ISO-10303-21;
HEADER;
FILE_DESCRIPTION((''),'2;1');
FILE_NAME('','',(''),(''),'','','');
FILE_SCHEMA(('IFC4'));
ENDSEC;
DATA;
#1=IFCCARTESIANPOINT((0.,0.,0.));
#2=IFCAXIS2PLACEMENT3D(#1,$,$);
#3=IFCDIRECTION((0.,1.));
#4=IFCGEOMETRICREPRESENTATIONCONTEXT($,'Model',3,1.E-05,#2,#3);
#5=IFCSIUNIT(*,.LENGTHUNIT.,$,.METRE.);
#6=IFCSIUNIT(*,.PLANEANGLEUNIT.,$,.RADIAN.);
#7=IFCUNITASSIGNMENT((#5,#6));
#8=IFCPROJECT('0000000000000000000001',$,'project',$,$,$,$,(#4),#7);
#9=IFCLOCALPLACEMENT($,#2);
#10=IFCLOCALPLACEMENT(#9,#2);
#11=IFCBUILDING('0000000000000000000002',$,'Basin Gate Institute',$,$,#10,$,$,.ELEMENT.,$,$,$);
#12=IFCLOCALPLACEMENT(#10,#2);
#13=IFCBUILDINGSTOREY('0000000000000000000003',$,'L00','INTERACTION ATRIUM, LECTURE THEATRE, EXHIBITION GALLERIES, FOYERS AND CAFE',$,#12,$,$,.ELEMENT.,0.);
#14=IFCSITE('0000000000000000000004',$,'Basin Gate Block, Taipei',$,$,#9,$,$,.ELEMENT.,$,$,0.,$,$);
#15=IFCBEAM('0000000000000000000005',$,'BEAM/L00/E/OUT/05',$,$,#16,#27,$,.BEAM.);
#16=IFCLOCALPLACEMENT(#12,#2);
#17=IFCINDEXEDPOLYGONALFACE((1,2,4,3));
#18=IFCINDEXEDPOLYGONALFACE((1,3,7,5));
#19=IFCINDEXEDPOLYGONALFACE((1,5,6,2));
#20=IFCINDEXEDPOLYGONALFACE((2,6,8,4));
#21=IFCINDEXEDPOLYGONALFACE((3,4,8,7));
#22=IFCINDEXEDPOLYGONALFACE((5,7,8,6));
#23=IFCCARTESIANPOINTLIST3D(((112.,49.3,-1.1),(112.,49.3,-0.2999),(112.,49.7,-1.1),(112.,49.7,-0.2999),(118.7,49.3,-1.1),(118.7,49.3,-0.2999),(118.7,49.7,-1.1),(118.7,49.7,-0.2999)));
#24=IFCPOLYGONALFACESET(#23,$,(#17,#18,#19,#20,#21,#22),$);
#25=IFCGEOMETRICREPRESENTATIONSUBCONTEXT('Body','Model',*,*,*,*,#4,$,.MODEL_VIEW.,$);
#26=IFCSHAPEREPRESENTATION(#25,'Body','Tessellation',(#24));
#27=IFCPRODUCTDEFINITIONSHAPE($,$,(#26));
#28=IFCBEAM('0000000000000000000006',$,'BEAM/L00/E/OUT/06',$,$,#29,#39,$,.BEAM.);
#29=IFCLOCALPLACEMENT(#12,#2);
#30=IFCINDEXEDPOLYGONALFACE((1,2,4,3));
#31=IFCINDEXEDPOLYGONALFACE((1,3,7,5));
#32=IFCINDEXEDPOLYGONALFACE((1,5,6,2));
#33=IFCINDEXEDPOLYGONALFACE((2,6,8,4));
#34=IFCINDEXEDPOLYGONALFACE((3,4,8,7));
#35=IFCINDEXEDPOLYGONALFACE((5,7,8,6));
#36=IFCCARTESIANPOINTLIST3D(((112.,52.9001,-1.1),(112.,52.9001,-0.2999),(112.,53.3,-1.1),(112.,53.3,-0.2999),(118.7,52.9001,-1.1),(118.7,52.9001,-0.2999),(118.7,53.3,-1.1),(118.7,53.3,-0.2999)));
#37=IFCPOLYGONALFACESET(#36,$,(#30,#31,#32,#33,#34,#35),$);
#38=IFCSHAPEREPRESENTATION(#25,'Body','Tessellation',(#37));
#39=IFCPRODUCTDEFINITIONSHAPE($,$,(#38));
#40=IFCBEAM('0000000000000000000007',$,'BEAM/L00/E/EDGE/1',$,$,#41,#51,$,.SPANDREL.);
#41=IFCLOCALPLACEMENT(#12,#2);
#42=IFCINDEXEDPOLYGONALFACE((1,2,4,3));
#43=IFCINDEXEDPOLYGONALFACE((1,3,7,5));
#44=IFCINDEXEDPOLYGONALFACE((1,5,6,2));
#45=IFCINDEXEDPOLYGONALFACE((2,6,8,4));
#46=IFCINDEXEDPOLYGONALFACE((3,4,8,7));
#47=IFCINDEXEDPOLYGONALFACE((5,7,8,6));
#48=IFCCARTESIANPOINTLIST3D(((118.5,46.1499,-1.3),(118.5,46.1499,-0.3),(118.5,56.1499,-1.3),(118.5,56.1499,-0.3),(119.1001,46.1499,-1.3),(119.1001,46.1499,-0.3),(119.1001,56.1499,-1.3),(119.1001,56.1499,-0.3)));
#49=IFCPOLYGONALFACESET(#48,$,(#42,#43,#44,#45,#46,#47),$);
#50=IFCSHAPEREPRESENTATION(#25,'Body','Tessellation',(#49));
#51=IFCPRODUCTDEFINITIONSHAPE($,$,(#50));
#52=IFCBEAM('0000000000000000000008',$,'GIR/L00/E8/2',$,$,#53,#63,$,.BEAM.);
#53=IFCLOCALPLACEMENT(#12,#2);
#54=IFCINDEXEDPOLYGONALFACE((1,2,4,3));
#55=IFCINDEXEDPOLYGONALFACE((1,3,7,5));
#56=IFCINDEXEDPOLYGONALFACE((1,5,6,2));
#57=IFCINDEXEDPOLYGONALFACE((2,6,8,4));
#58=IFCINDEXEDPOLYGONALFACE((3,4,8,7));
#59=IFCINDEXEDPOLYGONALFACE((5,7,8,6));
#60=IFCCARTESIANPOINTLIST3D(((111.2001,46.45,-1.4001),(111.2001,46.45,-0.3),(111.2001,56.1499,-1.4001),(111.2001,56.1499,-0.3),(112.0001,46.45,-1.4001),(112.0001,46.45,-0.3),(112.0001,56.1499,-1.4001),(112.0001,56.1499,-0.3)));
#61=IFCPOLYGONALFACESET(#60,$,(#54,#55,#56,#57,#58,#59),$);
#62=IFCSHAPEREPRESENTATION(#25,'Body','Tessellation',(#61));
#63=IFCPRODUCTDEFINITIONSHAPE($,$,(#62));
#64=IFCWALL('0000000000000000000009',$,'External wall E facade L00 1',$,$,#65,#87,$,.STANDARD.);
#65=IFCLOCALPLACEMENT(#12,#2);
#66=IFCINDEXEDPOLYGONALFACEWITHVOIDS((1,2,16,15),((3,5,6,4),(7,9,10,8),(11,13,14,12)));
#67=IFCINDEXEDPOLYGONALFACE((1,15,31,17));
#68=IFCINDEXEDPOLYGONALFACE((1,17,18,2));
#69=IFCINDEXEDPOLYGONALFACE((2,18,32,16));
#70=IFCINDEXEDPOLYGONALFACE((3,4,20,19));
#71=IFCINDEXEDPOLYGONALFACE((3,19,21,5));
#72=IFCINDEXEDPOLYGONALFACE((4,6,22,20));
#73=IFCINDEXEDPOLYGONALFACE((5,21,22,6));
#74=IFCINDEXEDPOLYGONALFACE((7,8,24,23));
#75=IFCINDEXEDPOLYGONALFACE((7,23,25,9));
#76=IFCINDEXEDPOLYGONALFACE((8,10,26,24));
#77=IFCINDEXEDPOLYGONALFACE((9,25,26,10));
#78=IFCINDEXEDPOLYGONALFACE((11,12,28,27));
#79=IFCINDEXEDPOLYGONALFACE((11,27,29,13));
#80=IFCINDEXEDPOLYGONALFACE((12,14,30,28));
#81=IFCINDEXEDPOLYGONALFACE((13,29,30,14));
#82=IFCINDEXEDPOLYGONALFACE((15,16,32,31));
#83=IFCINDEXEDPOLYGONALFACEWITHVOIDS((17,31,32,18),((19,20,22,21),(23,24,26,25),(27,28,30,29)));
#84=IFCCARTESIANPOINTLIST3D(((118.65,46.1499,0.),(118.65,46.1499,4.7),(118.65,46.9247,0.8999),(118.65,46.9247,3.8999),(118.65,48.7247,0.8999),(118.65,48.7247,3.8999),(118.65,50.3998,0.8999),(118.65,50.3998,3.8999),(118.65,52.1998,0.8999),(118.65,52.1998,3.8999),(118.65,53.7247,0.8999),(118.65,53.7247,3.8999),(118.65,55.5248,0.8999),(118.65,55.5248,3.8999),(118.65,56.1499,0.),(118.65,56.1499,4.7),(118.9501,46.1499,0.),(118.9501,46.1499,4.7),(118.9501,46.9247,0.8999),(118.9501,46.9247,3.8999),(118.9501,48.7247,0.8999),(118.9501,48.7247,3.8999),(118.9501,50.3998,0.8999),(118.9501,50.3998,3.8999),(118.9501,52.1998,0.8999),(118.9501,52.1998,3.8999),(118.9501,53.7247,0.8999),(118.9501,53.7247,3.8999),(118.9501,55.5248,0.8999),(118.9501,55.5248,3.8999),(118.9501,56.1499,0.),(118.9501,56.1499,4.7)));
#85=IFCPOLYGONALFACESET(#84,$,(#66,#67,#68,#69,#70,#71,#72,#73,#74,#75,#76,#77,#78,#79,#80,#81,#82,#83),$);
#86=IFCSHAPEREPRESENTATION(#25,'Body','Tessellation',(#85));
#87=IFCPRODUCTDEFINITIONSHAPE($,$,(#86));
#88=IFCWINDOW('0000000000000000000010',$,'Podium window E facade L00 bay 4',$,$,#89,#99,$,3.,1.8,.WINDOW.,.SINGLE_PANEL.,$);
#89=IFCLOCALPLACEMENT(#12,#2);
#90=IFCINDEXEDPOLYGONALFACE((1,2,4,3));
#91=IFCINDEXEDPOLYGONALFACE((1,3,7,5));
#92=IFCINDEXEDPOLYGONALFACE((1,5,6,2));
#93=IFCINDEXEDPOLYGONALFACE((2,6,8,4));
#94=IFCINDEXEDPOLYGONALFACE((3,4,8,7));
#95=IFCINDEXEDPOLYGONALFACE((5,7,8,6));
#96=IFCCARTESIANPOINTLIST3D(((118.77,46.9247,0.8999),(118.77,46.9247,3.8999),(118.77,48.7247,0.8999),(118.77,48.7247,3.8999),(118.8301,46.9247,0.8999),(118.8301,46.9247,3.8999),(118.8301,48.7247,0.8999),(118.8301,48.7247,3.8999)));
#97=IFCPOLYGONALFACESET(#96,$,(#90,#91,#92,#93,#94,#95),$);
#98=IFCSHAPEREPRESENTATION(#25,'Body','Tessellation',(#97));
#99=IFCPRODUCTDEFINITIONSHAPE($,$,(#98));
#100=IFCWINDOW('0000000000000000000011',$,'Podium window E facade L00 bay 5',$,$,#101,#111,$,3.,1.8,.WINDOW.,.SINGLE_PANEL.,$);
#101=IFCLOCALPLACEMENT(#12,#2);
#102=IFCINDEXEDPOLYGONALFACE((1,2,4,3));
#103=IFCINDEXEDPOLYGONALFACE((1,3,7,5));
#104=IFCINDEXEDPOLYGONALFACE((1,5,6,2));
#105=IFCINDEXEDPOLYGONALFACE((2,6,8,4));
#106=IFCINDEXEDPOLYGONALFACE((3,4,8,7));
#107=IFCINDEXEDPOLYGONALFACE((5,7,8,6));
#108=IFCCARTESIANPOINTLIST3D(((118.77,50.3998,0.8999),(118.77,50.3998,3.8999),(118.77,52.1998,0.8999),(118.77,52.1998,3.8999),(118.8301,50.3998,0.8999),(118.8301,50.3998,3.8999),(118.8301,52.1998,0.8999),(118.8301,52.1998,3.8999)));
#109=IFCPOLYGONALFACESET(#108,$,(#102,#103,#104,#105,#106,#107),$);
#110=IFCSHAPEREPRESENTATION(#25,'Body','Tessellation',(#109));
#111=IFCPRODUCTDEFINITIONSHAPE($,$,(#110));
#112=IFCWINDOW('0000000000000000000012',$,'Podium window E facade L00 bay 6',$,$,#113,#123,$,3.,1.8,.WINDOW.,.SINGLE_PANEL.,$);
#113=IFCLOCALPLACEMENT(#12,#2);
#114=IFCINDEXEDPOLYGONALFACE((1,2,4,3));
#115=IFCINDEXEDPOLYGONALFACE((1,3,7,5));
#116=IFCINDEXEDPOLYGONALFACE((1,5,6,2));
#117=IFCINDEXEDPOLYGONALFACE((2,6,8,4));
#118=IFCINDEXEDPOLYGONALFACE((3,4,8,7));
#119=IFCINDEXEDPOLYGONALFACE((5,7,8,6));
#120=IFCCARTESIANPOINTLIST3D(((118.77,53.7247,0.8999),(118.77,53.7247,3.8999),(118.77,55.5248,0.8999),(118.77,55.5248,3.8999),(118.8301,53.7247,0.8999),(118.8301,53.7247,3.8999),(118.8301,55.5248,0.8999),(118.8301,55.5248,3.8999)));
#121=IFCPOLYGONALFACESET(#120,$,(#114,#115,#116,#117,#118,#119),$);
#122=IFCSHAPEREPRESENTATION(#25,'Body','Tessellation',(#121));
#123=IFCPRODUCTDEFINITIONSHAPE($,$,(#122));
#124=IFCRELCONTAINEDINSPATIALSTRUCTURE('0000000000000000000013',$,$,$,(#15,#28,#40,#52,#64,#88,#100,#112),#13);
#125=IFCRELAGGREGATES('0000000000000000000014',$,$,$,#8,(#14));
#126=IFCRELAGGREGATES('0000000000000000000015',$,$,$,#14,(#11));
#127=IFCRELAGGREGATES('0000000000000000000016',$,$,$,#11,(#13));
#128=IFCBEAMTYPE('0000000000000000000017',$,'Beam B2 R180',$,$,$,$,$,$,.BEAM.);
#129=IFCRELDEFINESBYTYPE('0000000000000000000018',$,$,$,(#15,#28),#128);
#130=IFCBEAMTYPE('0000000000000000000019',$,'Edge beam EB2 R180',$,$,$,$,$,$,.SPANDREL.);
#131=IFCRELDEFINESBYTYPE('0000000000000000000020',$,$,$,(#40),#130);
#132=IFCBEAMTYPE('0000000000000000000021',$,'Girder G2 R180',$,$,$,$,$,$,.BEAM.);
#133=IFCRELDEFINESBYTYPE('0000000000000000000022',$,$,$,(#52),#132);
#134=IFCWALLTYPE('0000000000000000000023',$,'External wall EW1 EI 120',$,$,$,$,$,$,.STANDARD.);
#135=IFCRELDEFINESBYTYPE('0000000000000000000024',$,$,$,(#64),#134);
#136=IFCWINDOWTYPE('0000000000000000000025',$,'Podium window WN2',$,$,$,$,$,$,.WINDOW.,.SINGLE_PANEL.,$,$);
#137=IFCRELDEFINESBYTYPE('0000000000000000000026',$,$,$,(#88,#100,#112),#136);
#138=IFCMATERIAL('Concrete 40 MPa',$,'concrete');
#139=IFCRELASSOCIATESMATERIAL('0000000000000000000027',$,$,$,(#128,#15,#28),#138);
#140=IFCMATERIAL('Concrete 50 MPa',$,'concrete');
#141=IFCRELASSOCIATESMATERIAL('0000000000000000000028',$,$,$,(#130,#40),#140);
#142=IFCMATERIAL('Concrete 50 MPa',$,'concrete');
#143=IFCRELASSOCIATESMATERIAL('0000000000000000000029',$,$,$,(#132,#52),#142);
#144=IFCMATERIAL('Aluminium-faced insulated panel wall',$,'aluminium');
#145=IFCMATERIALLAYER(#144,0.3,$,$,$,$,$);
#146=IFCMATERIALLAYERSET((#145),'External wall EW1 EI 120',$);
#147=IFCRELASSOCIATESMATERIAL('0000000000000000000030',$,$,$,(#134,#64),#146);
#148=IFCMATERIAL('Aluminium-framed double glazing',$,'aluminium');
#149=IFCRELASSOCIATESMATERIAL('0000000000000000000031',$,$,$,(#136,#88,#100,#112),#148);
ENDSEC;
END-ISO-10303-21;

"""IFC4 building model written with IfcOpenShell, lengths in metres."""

from ifc_helpers import new_model, si_unit, direction, frame, frame_2d, origin, origin_2d, place, context, subcontext, project, spatial, rectangle, extrude, material, layer, layer_set, material_profile, profile_set, type_object, element, fill, save


model = new_model("IFC4")

# Units and contexts
model_context = context("Model", 3, precision=1e-05, world=origin(), true_north=direction((0.0, 1.0)))
body_context = subcontext(model_context, "Body", "Model", "MODEL_VIEW")
ifc_project = project(units=[si_unit("LENGTHUNIT", "METRE"), si_unit("PLANEANGLEUNIT", "RADIAN")], contexts=[model_context])

# Site, building, storey
site_placement = place(None, origin())
site = spatial("IfcSite", under=ifc_project, at=site_placement, Name="Basin Gate Block, Taipei", CompositionType="ELEMENT", RefElevation=0.0)
building_placement = place(site_placement, origin())
building = spatial("IfcBuilding", under=site, at=building_placement, Name="Basin Gate Institute", CompositionType="ELEMENT")
storey_placement = place(building_placement, origin())
storey = spatial("IfcBuildingStorey", under=building, at=storey_placement, Name="L00", Description="INTERACTION ATRIUM, LECTURE THEATRE, EXHIBITION GALLERIES, FOYERS AND CAFE", CompositionType="ELEMENT", Elevation=0.0)

# Beams
ifc_material_1 = material(Name="Concrete 40 MPa", Category="concrete")
ifc_material_profile_1 = material_profile(ifc_material_1, rectangle(XDim=0.3999, YDim=0.8, at=origin_2d()), Name="Beam B2 400 x 800")
ifc_profile_set_1 = profile_set([ifc_material_profile_1], Name="Concrete 40 MPa")
beam_type_1 = type_object("IfcBeamType", Name="Beam B2 R180", PredefinedType="BEAM", material=ifc_profile_set_1)
for number, where, z_axis, x_axis, name in (
    (1, (118.7, 49.5, -0.7), (-1.0, 0.0, 0.0), (0.0, -1.0, 0.0), "BEAM/L00/E/OUT/05"),
    (2, (118.7, 53.1001, -0.7), (-1.0, 0.0, 0.0), (0.0, -1.0, 0.0), "BEAM/L00/E/OUT/06"),
):
    element("IfcBeam", number, at=place(storey_placement, frame(where, z_axis=z_axis, x_axis=x_axis)), inside=storey, type_object=beam_type_1, material=ifc_profile_set_1, Name=name, PredefinedType="BEAM", context=body_context, shape_type="SweptSolid", body=[
        extrude(rectangle(XDim=0.3999, YDim=0.8, at=origin_2d()), origin(), (0.0, 0.0, 1.0), 6.7),
    ])
ifc_material_2 = material(Name="Concrete 50 MPa", Category="concrete")
ifc_material_profile_2 = material_profile(ifc_material_2, rectangle(XDim=0.6001, YDim=1.0, at=origin_2d()), Name="Edge beam EB2 600 x 1000")
ifc_profile_set_2 = profile_set([ifc_material_profile_2], Name="Concrete 50 MPa")
beam_type_2 = type_object("IfcBeamType", Name="Edge beam EB2 R180", PredefinedType="SPANDREL", material=ifc_profile_set_2)
beam_1_placement = place(storey_placement, frame((118.8, 46.1499, -0.8), z_axis=(0.0, 1.0, 0.0), x_axis=(-1.0, 0.0, 0.0)))
element("IfcBeam", 3, at=beam_1_placement, inside=storey, type_object=beam_type_2, material=ifc_profile_set_2, Name="BEAM/L00/E/EDGE/1", PredefinedType="SPANDREL", context=body_context, shape_type="SweptSolid", body=[
    extrude(rectangle(XDim=0.6001, YDim=1.0, at=origin_2d()), origin(), (0.0, 0.0, 1.0), 10.0),
])
ifc_material_3 = material(Name="Concrete 50 MPa", Category="concrete")
ifc_material_profile_3 = material_profile(ifc_material_3, rectangle(XDim=0.8, YDim=1.1001, at=origin_2d()), Name="Girder G2 800 x 1100")
ifc_profile_set_3 = profile_set([ifc_material_profile_3], Name="Concrete 50 MPa")
beam_type_3 = type_object("IfcBeamType", Name="Girder G2 R180", PredefinedType="BEAM", material=ifc_profile_set_3)
beam_2_placement = place(storey_placement, frame((111.6001, 46.45, -0.8501), z_axis=(0.0, 1.0, 0.0), x_axis=(-1.0, 0.0, 0.0)))
element("IfcBeam", 4, at=beam_2_placement, inside=storey, type_object=beam_type_3, material=ifc_profile_set_3, Name="GIR/L00/E8/2", PredefinedType="BEAM", context=body_context, shape_type="SweptSolid", body=[
    extrude(rectangle(XDim=0.8, YDim=1.1001, at=origin_2d()), origin(), (0.0, 0.0, 1.0), 9.7),
])

# Wall, openings, windows
ifc_material_4 = material(Name="Aluminium-faced insulated panel wall", Category="aluminium")
ifc_layer_1 = layer(ifc_material_4, 0.3)
ifc_layer_set_1 = layer_set([ifc_layer_1], Name="External wall EW1 EI 120")
wall_type_1 = type_object("IfcWallType", Name="External wall EW1 EI 120", PredefinedType="STANDARD", material=ifc_layer_set_1)
wall_1_placement = place(storey_placement, frame((118.8, 46.1499, 0.0), z_axis=(0.0, 0.0, 1.0), x_axis=(0.0, 1.0, 0.0)))
wall_1 = element("IfcWall", 5, at=wall_1_placement, inside=storey, type_object=wall_type_1, material=ifc_layer_set_1, Name="External wall E facade L00 1", PredefinedType="STANDARD", context=body_context, shape_type="SweptSolid", body=[
    extrude(rectangle(XDim=10.0, YDim=0.3, at=frame_2d((5.0, 0.0))), origin(), (0.0, 0.0, 1.0), 4.7),
])
opening_1_placement = place(wall_1_placement, frame((0.7749, 0.0, 0.8999)))
opening_1 = element("IfcOpeningElement", 6, at=opening_1_placement, cuts=wall_1, PredefinedType="OPENING", context=body_context, shape_type="SweptSolid", body=[
    extrude(rectangle(XDim=1.8, YDim=3.0, at=frame_2d((0.8999, 1.5))), frame((0.0, 0.1602, 0.0), z_axis=(0.0, -1.0, 0.0), x_axis=(1.0, 0.0, 0.0)), (0.0, 0.0, 1.0), 0.3201),
])
opening_2_placement = place(wall_1_placement, frame((4.25, 0.0, 0.8999)))
opening_2 = element("IfcOpeningElement", 7, at=opening_2_placement, cuts=wall_1, PredefinedType="OPENING", context=body_context, shape_type="SweptSolid", body=[
    extrude(rectangle(XDim=1.8, YDim=3.0, at=frame_2d((0.8999, 1.5))), frame((0.0, 0.1602, 0.0), z_axis=(0.0, -1.0, 0.0), x_axis=(1.0, 0.0, 0.0)), (0.0, 0.0, 1.0), 0.3201),
])
opening_3_placement = place(wall_1_placement, frame((7.575, 0.0, 0.8999)))
opening_3 = element("IfcOpeningElement", 8, at=opening_3_placement, cuts=wall_1, PredefinedType="OPENING", context=body_context, shape_type="SweptSolid", body=[
    extrude(rectangle(XDim=1.8, YDim=3.0, at=frame_2d((0.8999, 1.5))), frame((0.0, 0.1602, 0.0), z_axis=(0.0, -1.0, 0.0), x_axis=(1.0, 0.0, 0.0)), (0.0, 0.0, 1.0), 0.3201),
])
ifc_material_5 = material(Name="Aluminium-framed double glazing", Category="aluminium")
window_type = type_object("IfcWindowType", Name="Podium window WN2", PartitioningType="SINGLE_PANEL", PredefinedType="WINDOW", material=ifc_material_5)
window_1_placement = place(opening_1_placement, origin())
window_1 = element("IfcWindow", 9, at=window_1_placement, inside=storey, type_object=window_type, material=ifc_material_5, Name="Podium window E facade L00 bay 4", OverallHeight=3.0, OverallWidth=1.8, PartitioningType="SINGLE_PANEL", PredefinedType="WINDOW", context=body_context, shape_type="SweptSolid", body=[
    extrude(rectangle(XDim=1.8, YDim=3.0, at=frame_2d((0.8999, 1.5))), frame((0.0, 0.03, 0.0), z_axis=(0.0, -1.0, 0.0), x_axis=(1.0, 0.0, 0.0)), (0.0, 0.0, 1.0), 0.0601),
])
fill(opening_1, window_1)
window_2_placement = place(opening_2_placement, origin())
window_2 = element("IfcWindow", 10, at=window_2_placement, inside=storey, type_object=window_type, material=ifc_material_5, Name="Podium window E facade L00 bay 5", OverallHeight=3.0, OverallWidth=1.8, PartitioningType="SINGLE_PANEL", PredefinedType="WINDOW", context=body_context, shape_type="SweptSolid", body=[
    extrude(rectangle(XDim=1.8, YDim=3.0, at=frame_2d((0.8999, 1.5))), frame((0.0, 0.03, 0.0), z_axis=(0.0, -1.0, 0.0), x_axis=(1.0, 0.0, 0.0)), (0.0, 0.0, 1.0), 0.0601),
])
fill(opening_2, window_2)
window_3_placement = place(opening_3_placement, origin())
window_3 = element("IfcWindow", 11, at=window_3_placement, inside=storey, type_object=window_type, material=ifc_material_5, Name="Podium window E facade L00 bay 6", OverallHeight=3.0, OverallWidth=1.8, PartitioningType="SINGLE_PANEL", PredefinedType="WINDOW", context=body_context, shape_type="SweptSolid", body=[
    extrude(rectangle(XDim=1.8, YDim=3.0, at=frame_2d((0.8999, 1.5))), frame((0.0, 0.03, 0.0), z_axis=(0.0, -1.0, 0.0), x_axis=(1.0, 0.0, 0.0)), (0.0, 0.0, 1.0), 0.0601),
])
fill(opening_3, window_3)

save(model, "model.ifc")
